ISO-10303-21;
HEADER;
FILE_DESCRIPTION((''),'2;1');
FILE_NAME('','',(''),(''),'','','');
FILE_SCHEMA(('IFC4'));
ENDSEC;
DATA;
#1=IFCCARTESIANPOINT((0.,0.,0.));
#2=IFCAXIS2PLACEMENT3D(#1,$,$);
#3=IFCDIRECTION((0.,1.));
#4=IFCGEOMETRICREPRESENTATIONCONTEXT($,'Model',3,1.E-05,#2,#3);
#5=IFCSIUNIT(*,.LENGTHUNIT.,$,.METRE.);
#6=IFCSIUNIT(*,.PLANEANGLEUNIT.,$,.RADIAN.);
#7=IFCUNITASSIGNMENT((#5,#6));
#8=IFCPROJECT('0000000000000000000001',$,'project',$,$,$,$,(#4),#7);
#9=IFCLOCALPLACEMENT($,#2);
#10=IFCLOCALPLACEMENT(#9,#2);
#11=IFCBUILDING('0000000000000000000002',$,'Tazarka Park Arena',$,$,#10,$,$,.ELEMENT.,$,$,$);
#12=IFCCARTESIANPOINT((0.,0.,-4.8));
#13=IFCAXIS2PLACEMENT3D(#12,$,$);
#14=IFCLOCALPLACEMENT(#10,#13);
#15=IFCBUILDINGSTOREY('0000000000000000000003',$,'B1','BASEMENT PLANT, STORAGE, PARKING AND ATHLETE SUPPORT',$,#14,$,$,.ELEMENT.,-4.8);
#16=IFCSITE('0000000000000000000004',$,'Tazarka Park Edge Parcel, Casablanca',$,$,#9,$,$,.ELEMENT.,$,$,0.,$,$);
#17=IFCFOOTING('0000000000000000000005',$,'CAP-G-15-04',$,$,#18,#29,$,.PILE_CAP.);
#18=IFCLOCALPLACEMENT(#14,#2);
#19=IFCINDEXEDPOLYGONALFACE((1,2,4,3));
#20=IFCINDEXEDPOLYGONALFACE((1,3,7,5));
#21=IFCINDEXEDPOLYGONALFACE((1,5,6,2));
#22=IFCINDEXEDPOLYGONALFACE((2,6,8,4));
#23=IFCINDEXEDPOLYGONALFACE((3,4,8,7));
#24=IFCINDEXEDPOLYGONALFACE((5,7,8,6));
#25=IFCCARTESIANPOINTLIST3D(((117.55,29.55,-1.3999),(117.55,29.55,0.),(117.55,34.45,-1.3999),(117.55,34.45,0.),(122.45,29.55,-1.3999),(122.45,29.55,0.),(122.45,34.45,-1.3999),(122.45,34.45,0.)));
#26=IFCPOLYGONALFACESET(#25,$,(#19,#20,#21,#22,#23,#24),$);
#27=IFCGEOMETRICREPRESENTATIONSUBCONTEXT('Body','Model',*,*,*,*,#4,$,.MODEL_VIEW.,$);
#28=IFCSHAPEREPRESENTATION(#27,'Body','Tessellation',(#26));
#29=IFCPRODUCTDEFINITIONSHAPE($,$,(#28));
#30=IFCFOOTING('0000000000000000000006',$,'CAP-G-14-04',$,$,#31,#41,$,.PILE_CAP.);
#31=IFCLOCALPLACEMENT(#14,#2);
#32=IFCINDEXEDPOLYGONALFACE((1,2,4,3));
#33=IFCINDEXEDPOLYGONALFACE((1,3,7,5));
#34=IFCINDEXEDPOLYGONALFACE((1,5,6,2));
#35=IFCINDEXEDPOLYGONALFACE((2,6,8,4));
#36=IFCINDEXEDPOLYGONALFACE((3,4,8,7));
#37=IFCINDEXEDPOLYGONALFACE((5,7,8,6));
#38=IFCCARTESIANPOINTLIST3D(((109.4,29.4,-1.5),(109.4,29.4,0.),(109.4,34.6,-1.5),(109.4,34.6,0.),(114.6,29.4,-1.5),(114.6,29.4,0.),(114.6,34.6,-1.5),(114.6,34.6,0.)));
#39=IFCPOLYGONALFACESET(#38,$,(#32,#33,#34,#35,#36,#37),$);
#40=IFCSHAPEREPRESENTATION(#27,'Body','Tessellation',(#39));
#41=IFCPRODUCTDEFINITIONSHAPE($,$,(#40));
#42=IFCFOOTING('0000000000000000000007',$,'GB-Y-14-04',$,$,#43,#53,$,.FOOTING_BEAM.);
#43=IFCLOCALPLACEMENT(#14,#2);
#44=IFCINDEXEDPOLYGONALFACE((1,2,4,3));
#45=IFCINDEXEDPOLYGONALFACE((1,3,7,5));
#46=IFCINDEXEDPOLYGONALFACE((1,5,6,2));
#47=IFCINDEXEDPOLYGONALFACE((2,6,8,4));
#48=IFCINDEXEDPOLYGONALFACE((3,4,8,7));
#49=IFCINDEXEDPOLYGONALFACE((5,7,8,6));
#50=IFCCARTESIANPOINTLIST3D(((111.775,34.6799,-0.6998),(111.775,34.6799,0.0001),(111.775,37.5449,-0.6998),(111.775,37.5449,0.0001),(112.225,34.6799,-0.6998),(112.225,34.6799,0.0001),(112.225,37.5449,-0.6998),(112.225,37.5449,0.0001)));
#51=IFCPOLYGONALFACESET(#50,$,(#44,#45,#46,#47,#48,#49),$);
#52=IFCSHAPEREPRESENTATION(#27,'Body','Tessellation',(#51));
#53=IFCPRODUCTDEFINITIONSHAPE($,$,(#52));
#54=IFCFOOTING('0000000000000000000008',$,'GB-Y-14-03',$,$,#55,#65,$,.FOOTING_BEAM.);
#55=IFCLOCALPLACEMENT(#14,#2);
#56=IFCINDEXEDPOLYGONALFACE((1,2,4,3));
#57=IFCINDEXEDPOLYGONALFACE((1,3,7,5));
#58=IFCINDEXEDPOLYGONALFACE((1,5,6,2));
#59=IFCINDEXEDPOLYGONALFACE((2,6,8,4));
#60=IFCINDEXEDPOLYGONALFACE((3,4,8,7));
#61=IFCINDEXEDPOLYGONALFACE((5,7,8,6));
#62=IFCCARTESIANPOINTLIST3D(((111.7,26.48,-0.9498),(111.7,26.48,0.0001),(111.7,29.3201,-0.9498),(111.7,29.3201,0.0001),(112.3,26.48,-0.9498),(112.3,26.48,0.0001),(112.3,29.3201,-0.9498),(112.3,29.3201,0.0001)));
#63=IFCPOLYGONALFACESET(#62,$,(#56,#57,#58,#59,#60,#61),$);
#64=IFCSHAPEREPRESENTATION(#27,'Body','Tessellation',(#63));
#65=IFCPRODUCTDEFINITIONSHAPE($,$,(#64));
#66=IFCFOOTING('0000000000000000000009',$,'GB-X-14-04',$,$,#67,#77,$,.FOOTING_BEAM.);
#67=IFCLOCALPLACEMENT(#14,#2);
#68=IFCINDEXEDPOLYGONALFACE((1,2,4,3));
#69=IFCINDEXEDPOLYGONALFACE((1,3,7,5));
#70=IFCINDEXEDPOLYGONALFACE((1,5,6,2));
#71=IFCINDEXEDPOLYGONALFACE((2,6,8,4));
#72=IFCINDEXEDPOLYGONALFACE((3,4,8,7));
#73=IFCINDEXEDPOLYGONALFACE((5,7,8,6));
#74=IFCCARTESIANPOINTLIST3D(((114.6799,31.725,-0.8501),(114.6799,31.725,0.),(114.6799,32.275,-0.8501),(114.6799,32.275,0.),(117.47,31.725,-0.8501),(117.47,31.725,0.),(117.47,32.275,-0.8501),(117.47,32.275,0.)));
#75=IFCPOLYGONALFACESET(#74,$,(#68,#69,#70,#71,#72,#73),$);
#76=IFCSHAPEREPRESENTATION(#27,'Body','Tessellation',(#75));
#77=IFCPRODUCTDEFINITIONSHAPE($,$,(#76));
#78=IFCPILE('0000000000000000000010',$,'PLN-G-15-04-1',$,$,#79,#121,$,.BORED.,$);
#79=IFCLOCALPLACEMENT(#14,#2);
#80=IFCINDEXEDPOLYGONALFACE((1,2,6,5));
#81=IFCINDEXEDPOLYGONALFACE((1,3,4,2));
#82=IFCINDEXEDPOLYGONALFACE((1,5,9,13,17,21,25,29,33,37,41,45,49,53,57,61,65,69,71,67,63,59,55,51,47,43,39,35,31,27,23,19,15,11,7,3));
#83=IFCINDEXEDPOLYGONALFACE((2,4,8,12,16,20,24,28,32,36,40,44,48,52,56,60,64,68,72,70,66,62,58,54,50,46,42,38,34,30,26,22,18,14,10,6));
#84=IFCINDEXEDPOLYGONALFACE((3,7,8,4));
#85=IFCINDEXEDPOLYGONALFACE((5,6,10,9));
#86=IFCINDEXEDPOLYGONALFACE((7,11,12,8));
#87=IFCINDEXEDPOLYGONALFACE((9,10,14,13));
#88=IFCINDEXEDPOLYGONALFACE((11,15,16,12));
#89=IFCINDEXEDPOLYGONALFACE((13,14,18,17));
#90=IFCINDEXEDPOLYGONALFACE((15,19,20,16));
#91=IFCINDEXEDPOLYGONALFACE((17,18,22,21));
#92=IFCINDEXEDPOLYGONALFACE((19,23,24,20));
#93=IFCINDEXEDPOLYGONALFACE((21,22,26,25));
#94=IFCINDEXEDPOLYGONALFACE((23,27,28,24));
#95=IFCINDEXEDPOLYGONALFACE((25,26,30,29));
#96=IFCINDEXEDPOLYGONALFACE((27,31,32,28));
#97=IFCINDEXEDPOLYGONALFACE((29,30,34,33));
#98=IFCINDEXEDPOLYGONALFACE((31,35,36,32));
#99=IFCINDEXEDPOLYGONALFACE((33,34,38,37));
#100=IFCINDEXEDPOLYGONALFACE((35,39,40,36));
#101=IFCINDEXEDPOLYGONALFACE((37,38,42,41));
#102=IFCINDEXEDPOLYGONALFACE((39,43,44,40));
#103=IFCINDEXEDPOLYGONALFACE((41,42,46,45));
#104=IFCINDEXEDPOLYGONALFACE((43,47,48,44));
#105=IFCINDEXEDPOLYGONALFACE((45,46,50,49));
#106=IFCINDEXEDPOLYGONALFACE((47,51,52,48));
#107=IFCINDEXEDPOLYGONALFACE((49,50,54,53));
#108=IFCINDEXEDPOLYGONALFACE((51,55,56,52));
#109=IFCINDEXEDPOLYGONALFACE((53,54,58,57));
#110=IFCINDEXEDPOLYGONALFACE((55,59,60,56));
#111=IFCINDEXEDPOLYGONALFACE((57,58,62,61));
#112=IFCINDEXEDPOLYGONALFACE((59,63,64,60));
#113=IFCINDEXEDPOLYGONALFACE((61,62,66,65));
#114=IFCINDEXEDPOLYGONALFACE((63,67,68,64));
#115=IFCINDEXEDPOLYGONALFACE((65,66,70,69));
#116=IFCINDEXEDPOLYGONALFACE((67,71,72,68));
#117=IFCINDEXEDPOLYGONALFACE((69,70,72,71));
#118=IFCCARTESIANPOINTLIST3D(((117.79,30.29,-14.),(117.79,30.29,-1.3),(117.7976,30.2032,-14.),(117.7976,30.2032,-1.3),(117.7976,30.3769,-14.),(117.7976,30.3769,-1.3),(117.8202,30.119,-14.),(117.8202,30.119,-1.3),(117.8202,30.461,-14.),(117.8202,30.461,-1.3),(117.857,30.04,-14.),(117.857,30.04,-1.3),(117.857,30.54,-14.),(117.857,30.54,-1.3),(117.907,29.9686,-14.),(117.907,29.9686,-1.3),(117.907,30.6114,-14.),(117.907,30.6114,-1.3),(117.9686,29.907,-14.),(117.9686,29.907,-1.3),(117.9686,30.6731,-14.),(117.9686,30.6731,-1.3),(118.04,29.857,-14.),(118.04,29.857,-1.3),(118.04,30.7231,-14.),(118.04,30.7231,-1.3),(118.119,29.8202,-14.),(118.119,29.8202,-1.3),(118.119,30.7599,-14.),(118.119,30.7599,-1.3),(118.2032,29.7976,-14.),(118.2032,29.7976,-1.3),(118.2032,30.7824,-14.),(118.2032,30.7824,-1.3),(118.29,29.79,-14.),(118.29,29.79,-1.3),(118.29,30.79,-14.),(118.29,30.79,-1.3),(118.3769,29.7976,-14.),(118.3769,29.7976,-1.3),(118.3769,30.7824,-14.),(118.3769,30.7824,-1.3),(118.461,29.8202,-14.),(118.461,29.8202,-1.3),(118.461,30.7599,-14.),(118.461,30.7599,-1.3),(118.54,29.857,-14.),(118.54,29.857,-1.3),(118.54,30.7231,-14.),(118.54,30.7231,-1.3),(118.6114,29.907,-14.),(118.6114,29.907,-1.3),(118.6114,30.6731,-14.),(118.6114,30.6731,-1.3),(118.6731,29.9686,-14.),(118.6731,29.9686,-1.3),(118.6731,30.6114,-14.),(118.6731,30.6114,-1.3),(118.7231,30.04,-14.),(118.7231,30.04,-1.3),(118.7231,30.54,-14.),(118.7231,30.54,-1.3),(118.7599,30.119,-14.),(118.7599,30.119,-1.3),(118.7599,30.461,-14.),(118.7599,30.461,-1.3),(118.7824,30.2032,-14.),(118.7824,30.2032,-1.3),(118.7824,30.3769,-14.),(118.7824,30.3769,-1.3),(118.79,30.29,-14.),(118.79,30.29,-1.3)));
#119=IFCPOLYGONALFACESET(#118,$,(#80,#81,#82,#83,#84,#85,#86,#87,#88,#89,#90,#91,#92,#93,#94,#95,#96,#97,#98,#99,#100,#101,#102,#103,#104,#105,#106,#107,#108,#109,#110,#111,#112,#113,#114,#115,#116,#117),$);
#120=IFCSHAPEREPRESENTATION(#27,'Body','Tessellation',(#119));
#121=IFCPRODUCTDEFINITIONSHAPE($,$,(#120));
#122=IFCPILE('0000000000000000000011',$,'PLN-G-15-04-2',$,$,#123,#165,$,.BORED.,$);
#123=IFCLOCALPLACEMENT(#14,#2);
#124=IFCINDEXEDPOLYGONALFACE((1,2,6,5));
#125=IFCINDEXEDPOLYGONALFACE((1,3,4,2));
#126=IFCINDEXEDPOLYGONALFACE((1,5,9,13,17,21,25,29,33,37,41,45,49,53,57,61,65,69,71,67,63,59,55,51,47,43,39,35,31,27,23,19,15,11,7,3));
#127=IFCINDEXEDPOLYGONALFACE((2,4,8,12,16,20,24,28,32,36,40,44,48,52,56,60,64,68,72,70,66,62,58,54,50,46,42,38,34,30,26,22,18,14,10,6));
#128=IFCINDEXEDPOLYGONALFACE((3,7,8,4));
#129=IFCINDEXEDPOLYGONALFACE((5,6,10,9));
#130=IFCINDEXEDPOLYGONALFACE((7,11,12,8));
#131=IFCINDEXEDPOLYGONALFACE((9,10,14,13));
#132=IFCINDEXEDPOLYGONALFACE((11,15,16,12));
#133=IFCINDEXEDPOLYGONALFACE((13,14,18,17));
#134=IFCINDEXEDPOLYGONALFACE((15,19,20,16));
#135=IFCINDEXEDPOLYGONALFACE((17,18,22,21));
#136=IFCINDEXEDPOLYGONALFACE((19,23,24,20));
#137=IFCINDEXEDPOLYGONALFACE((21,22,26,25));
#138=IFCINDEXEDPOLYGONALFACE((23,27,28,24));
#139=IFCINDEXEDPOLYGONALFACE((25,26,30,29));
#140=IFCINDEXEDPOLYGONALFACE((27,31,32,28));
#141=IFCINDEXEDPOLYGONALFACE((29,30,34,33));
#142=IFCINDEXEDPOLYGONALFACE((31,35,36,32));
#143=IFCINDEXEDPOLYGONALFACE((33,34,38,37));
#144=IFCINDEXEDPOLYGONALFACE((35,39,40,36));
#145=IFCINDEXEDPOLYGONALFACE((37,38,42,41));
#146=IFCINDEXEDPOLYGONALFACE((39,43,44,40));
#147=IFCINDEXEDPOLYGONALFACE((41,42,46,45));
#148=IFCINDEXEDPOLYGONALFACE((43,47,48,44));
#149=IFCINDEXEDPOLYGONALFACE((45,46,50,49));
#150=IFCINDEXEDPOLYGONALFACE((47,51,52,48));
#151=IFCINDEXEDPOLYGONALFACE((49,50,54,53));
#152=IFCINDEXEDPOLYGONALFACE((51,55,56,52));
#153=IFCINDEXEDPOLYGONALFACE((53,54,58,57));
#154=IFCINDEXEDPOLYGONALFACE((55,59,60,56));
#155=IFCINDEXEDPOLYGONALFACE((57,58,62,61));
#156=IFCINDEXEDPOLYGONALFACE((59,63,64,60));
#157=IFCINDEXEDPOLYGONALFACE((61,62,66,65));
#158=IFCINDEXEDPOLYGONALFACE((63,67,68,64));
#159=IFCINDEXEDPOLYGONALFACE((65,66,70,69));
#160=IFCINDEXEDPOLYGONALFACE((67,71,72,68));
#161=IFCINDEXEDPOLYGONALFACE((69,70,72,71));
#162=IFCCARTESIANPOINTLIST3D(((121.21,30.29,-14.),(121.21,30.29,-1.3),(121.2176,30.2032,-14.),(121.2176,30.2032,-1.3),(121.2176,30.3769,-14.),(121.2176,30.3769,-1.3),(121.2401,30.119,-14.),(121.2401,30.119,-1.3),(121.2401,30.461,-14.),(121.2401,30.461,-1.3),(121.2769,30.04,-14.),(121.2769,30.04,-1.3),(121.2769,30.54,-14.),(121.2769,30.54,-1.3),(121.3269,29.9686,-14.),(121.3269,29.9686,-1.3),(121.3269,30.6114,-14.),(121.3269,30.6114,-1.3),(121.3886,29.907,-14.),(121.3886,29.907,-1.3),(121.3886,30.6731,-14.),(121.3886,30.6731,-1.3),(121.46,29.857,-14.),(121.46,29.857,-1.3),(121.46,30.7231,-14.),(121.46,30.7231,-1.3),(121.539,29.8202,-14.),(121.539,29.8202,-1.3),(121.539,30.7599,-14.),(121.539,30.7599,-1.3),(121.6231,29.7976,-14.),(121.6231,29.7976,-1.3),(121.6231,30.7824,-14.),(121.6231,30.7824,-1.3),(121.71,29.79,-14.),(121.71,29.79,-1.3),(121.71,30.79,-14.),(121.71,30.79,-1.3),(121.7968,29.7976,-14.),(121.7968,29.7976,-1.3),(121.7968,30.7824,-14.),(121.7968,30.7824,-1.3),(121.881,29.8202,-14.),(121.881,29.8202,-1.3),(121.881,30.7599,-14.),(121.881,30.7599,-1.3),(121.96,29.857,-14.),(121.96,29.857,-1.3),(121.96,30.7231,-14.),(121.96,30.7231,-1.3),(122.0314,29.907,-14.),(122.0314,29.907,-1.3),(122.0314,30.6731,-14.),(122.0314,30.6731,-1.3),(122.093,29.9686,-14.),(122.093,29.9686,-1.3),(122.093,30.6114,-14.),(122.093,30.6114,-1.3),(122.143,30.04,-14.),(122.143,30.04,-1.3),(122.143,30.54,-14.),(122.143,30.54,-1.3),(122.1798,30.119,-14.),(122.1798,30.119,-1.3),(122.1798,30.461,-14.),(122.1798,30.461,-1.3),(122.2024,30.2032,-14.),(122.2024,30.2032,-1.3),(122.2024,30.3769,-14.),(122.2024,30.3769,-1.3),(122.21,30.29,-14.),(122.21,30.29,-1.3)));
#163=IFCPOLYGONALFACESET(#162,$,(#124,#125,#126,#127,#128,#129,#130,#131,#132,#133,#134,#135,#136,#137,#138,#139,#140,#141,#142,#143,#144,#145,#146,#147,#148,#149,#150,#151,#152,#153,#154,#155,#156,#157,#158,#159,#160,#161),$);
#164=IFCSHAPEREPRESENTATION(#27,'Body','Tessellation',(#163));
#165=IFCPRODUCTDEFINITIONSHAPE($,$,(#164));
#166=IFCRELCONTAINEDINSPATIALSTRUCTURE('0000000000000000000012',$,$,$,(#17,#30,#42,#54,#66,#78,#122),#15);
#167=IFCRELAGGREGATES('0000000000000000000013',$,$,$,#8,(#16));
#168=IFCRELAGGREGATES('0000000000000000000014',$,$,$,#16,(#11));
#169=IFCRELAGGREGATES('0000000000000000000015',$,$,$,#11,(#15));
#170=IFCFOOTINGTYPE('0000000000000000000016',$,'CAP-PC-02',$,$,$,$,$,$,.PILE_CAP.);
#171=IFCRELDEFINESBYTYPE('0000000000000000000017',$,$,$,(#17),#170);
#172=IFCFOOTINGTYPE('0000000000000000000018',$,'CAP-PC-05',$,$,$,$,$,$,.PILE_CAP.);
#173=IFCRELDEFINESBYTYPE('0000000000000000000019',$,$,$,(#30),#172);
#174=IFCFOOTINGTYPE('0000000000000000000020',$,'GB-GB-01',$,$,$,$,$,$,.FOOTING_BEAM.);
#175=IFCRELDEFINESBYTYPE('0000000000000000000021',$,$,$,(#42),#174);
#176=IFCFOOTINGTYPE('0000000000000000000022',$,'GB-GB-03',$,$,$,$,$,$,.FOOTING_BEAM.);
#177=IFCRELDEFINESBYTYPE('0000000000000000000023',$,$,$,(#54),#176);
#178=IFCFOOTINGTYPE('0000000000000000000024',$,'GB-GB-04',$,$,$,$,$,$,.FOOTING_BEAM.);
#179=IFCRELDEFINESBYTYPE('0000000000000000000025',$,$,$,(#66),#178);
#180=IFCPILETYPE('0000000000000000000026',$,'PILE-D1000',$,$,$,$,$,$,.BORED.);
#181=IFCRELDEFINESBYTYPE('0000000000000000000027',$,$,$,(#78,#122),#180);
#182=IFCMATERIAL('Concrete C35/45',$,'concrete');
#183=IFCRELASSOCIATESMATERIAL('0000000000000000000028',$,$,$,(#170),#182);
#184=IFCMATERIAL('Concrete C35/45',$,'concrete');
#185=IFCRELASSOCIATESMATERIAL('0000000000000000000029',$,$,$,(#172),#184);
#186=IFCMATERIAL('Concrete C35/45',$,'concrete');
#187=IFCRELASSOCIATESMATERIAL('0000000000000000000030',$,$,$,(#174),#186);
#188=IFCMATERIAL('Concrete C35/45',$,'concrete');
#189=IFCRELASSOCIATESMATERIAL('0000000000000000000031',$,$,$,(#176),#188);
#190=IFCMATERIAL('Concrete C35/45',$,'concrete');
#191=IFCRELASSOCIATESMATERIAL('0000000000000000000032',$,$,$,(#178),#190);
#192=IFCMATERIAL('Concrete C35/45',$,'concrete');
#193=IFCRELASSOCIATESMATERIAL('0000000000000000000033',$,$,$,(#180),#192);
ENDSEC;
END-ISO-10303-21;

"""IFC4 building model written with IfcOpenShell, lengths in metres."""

from ifc_helpers import new_model, si_unit, direction, frame, origin, origin_2d, place, context, subcontext, project, spatial, rectangle, circle, extrude, material, material_profile, profile_set, type_object, element, save


model = new_model("IFC4")

# Units and contexts
model_context = context("Model", 3, precision=1e-05, world=origin(), true_north=direction((0.0, 1.0)))
body_context = subcontext(model_context, "Body", "Model", "MODEL_VIEW")
ifc_project = project(units=[si_unit("LENGTHUNIT", "METRE"), si_unit("PLANEANGLEUNIT", "RADIAN")], contexts=[model_context])

# Site, building, storey
site_placement = place(None, origin())
site = spatial("IfcSite", under=ifc_project, at=site_placement, Name="Tazarka Park Edge Parcel, Casablanca", CompositionType="ELEMENT", RefElevation=0.0)
building_placement = place(site_placement, origin())
building = spatial("IfcBuilding", under=site, at=building_placement, Name="Tazarka Park Arena", CompositionType="ELEMENT")
storey_placement = place(building_placement, frame((0.0, 0.0, -4.8)))
storey = spatial("IfcBuildingStorey", under=building, at=storey_placement, Name="B1", Description="BASEMENT PLANT, STORAGE, PARKING AND ATHLETE SUPPORT", CompositionType="ELEMENT", Elevation=-4.8)

# Footings
ifc_material_1 = material(Name="Concrete C35/45", Category="concrete")
footing_type_1 = type_object("IfcFootingType", Name="CAP-PC-02", PredefinedType="PILE_CAP", material=ifc_material_1)
footing_1_placement = place(storey_placement, frame((120.0, 32.0, -1.3999), z_axis=(0.0, 0.0, 1.0), x_axis=(1.0, 0.0, 0.0)))
element("IfcFooting", 1, at=footing_1_placement, inside=storey, type_object=footing_type_1, Name="CAP-G-15-04", PredefinedType="PILE_CAP", context=body_context, shape_type="SweptSolid", body=[
    extrude(rectangle(XDim=4.8999, YDim=4.8999, at=origin_2d()), origin(), (0.0, 0.0, 1.0), 1.3999),
])
ifc_material_2 = material(Name="Concrete C35/45", Category="concrete")
footing_type_2 = type_object("IfcFootingType", Name="CAP-PC-05", PredefinedType="PILE_CAP", material=ifc_material_2)
footing_2_placement = place(storey_placement, frame((112.0, 32.0, -1.5), z_axis=(0.0, 0.0, 1.0), x_axis=(1.0, 0.0, 0.0)))
element("IfcFooting", 2, at=footing_2_placement, inside=storey, type_object=footing_type_2, Name="CAP-G-14-04", PredefinedType="PILE_CAP", context=body_context, shape_type="SweptSolid", body=[
    extrude(rectangle(XDim=5.2, YDim=5.2, at=origin_2d()), origin(), (0.0, 0.0, 1.0), 1.5),
])
ifc_material_3 = material(Name="Concrete C35/45", Category="concrete")
ifc_material_profile_1 = material_profile(ifc_material_3, rectangle(XDim=0.45, YDim=0.7, at=origin_2d()), Name="Concrete C35/45")
ifc_profile_set_1 = profile_set([ifc_material_profile_1], Name="Concrete C35/45")
footing_type_3 = type_object("IfcFootingType", Name="GB-GB-01", PredefinedType="FOOTING_BEAM", material=ifc_profile_set_1)
footing_3_placement = place(storey_placement, frame((112.0, 34.6799, -0.3499), z_axis=(0.0, 1.0, 0.0), x_axis=(-1.0, 0.0, 0.0)))
element("IfcFooting", 3, at=footing_3_placement, inside=storey, type_object=footing_type_3, Name="GB-Y-14-04", PredefinedType="FOOTING_BEAM", context=body_context, shape_type="SweptSolid", body=[
    extrude(rectangle(XDim=0.45, YDim=0.7, at=origin_2d()), origin(), (0.0, 0.0, 1.0), 2.865),
])
ifc_material_4 = material(Name="Concrete C35/45", Category="concrete")
ifc_material_profile_2 = material_profile(ifc_material_4, rectangle(XDim=0.6001, YDim=0.95, at=origin_2d()), Name="Concrete C35/45")
ifc_profile_set_2 = profile_set([ifc_material_profile_2], Name="Concrete C35/45")
footing_type_4 = type_object("IfcFootingType", Name="GB-GB-03", PredefinedType="FOOTING_BEAM", material=ifc_profile_set_2)
footing_4_placement = place(storey_placement, frame((112.0, 26.48, -0.4749), z_axis=(0.0, 1.0, 0.0), x_axis=(-1.0, 0.0, 0.0)))
element("IfcFooting", 4, at=footing_4_placement, inside=storey, type_object=footing_type_4, Name="GB-Y-14-03", PredefinedType="FOOTING_BEAM", context=body_context, shape_type="SweptSolid", body=[
    extrude(rectangle(XDim=0.6001, YDim=0.95, at=origin_2d()), origin(), (0.0, 0.0, 1.0), 2.8401),
])
ifc_material_5 = material(Name="Concrete C35/45", Category="concrete")
ifc_material_profile_3 = material_profile(ifc_material_5, rectangle(XDim=0.55, YDim=0.8501, at=origin_2d()), Name="Concrete C35/45")
ifc_profile_set_3 = profile_set([ifc_material_profile_3], Name="Concrete C35/45")
footing_type_5 = type_object("IfcFootingType", Name="GB-GB-04", PredefinedType="FOOTING_BEAM", material=ifc_profile_set_3)
footing_5_placement = place(storey_placement, frame((114.6799, 32.0, -0.425), z_axis=(1.0, 0.0, 0.0), x_axis=(0.0, 1.0, 0.0)))
element("IfcFooting", 5, at=footing_5_placement, inside=storey, type_object=footing_type_5, Name="GB-X-14-04", PredefinedType="FOOTING_BEAM", context=body_context, shape_type="SweptSolid", body=[
    extrude(rectangle(XDim=0.55, YDim=0.8501, at=origin_2d()), origin(), (0.0, 0.0, 1.0), 2.79),
])

# Piles
ifc_material_6 = material(Name="Concrete C35/45", Category="concrete")
ifc_material_profile_4 = material_profile(ifc_material_6, circle(Radius=0.5, at=origin_2d()), Name="Concrete C35/45")
ifc_profile_set_4 = profile_set([ifc_material_profile_4], Name="Concrete C35/45")
pile_type_1 = type_object("IfcPileType", Name="PILE-D1000", PredefinedType="BORED", material=ifc_profile_set_4)
for number, where, z_axis, x_axis, name in (
    (6, (118.29, 30.29, -1.3), (0.0, 0.0, -1.0), (1.0, 0.0, 0.0), "PLN-G-15-04-1"),
    (7, (121.71, 30.29, -1.3), (0.0, 0.0, -1.0), (1.0, 0.0, 0.0), "PLN-G-15-04-2"),
):
    element("IfcPile", number, at=place(storey_placement, frame(where, z_axis=z_axis, x_axis=x_axis)), inside=storey, type_object=pile_type_1, Name=name, PredefinedType="BORED", context=body_context, shape_type="SweptSolid", body=[
        extrude(circle(Radius=0.5, at=origin_2d()), origin(), (0.0, 0.0, 1.0), 12.7),
    ])

save(model, "model.ifc")
